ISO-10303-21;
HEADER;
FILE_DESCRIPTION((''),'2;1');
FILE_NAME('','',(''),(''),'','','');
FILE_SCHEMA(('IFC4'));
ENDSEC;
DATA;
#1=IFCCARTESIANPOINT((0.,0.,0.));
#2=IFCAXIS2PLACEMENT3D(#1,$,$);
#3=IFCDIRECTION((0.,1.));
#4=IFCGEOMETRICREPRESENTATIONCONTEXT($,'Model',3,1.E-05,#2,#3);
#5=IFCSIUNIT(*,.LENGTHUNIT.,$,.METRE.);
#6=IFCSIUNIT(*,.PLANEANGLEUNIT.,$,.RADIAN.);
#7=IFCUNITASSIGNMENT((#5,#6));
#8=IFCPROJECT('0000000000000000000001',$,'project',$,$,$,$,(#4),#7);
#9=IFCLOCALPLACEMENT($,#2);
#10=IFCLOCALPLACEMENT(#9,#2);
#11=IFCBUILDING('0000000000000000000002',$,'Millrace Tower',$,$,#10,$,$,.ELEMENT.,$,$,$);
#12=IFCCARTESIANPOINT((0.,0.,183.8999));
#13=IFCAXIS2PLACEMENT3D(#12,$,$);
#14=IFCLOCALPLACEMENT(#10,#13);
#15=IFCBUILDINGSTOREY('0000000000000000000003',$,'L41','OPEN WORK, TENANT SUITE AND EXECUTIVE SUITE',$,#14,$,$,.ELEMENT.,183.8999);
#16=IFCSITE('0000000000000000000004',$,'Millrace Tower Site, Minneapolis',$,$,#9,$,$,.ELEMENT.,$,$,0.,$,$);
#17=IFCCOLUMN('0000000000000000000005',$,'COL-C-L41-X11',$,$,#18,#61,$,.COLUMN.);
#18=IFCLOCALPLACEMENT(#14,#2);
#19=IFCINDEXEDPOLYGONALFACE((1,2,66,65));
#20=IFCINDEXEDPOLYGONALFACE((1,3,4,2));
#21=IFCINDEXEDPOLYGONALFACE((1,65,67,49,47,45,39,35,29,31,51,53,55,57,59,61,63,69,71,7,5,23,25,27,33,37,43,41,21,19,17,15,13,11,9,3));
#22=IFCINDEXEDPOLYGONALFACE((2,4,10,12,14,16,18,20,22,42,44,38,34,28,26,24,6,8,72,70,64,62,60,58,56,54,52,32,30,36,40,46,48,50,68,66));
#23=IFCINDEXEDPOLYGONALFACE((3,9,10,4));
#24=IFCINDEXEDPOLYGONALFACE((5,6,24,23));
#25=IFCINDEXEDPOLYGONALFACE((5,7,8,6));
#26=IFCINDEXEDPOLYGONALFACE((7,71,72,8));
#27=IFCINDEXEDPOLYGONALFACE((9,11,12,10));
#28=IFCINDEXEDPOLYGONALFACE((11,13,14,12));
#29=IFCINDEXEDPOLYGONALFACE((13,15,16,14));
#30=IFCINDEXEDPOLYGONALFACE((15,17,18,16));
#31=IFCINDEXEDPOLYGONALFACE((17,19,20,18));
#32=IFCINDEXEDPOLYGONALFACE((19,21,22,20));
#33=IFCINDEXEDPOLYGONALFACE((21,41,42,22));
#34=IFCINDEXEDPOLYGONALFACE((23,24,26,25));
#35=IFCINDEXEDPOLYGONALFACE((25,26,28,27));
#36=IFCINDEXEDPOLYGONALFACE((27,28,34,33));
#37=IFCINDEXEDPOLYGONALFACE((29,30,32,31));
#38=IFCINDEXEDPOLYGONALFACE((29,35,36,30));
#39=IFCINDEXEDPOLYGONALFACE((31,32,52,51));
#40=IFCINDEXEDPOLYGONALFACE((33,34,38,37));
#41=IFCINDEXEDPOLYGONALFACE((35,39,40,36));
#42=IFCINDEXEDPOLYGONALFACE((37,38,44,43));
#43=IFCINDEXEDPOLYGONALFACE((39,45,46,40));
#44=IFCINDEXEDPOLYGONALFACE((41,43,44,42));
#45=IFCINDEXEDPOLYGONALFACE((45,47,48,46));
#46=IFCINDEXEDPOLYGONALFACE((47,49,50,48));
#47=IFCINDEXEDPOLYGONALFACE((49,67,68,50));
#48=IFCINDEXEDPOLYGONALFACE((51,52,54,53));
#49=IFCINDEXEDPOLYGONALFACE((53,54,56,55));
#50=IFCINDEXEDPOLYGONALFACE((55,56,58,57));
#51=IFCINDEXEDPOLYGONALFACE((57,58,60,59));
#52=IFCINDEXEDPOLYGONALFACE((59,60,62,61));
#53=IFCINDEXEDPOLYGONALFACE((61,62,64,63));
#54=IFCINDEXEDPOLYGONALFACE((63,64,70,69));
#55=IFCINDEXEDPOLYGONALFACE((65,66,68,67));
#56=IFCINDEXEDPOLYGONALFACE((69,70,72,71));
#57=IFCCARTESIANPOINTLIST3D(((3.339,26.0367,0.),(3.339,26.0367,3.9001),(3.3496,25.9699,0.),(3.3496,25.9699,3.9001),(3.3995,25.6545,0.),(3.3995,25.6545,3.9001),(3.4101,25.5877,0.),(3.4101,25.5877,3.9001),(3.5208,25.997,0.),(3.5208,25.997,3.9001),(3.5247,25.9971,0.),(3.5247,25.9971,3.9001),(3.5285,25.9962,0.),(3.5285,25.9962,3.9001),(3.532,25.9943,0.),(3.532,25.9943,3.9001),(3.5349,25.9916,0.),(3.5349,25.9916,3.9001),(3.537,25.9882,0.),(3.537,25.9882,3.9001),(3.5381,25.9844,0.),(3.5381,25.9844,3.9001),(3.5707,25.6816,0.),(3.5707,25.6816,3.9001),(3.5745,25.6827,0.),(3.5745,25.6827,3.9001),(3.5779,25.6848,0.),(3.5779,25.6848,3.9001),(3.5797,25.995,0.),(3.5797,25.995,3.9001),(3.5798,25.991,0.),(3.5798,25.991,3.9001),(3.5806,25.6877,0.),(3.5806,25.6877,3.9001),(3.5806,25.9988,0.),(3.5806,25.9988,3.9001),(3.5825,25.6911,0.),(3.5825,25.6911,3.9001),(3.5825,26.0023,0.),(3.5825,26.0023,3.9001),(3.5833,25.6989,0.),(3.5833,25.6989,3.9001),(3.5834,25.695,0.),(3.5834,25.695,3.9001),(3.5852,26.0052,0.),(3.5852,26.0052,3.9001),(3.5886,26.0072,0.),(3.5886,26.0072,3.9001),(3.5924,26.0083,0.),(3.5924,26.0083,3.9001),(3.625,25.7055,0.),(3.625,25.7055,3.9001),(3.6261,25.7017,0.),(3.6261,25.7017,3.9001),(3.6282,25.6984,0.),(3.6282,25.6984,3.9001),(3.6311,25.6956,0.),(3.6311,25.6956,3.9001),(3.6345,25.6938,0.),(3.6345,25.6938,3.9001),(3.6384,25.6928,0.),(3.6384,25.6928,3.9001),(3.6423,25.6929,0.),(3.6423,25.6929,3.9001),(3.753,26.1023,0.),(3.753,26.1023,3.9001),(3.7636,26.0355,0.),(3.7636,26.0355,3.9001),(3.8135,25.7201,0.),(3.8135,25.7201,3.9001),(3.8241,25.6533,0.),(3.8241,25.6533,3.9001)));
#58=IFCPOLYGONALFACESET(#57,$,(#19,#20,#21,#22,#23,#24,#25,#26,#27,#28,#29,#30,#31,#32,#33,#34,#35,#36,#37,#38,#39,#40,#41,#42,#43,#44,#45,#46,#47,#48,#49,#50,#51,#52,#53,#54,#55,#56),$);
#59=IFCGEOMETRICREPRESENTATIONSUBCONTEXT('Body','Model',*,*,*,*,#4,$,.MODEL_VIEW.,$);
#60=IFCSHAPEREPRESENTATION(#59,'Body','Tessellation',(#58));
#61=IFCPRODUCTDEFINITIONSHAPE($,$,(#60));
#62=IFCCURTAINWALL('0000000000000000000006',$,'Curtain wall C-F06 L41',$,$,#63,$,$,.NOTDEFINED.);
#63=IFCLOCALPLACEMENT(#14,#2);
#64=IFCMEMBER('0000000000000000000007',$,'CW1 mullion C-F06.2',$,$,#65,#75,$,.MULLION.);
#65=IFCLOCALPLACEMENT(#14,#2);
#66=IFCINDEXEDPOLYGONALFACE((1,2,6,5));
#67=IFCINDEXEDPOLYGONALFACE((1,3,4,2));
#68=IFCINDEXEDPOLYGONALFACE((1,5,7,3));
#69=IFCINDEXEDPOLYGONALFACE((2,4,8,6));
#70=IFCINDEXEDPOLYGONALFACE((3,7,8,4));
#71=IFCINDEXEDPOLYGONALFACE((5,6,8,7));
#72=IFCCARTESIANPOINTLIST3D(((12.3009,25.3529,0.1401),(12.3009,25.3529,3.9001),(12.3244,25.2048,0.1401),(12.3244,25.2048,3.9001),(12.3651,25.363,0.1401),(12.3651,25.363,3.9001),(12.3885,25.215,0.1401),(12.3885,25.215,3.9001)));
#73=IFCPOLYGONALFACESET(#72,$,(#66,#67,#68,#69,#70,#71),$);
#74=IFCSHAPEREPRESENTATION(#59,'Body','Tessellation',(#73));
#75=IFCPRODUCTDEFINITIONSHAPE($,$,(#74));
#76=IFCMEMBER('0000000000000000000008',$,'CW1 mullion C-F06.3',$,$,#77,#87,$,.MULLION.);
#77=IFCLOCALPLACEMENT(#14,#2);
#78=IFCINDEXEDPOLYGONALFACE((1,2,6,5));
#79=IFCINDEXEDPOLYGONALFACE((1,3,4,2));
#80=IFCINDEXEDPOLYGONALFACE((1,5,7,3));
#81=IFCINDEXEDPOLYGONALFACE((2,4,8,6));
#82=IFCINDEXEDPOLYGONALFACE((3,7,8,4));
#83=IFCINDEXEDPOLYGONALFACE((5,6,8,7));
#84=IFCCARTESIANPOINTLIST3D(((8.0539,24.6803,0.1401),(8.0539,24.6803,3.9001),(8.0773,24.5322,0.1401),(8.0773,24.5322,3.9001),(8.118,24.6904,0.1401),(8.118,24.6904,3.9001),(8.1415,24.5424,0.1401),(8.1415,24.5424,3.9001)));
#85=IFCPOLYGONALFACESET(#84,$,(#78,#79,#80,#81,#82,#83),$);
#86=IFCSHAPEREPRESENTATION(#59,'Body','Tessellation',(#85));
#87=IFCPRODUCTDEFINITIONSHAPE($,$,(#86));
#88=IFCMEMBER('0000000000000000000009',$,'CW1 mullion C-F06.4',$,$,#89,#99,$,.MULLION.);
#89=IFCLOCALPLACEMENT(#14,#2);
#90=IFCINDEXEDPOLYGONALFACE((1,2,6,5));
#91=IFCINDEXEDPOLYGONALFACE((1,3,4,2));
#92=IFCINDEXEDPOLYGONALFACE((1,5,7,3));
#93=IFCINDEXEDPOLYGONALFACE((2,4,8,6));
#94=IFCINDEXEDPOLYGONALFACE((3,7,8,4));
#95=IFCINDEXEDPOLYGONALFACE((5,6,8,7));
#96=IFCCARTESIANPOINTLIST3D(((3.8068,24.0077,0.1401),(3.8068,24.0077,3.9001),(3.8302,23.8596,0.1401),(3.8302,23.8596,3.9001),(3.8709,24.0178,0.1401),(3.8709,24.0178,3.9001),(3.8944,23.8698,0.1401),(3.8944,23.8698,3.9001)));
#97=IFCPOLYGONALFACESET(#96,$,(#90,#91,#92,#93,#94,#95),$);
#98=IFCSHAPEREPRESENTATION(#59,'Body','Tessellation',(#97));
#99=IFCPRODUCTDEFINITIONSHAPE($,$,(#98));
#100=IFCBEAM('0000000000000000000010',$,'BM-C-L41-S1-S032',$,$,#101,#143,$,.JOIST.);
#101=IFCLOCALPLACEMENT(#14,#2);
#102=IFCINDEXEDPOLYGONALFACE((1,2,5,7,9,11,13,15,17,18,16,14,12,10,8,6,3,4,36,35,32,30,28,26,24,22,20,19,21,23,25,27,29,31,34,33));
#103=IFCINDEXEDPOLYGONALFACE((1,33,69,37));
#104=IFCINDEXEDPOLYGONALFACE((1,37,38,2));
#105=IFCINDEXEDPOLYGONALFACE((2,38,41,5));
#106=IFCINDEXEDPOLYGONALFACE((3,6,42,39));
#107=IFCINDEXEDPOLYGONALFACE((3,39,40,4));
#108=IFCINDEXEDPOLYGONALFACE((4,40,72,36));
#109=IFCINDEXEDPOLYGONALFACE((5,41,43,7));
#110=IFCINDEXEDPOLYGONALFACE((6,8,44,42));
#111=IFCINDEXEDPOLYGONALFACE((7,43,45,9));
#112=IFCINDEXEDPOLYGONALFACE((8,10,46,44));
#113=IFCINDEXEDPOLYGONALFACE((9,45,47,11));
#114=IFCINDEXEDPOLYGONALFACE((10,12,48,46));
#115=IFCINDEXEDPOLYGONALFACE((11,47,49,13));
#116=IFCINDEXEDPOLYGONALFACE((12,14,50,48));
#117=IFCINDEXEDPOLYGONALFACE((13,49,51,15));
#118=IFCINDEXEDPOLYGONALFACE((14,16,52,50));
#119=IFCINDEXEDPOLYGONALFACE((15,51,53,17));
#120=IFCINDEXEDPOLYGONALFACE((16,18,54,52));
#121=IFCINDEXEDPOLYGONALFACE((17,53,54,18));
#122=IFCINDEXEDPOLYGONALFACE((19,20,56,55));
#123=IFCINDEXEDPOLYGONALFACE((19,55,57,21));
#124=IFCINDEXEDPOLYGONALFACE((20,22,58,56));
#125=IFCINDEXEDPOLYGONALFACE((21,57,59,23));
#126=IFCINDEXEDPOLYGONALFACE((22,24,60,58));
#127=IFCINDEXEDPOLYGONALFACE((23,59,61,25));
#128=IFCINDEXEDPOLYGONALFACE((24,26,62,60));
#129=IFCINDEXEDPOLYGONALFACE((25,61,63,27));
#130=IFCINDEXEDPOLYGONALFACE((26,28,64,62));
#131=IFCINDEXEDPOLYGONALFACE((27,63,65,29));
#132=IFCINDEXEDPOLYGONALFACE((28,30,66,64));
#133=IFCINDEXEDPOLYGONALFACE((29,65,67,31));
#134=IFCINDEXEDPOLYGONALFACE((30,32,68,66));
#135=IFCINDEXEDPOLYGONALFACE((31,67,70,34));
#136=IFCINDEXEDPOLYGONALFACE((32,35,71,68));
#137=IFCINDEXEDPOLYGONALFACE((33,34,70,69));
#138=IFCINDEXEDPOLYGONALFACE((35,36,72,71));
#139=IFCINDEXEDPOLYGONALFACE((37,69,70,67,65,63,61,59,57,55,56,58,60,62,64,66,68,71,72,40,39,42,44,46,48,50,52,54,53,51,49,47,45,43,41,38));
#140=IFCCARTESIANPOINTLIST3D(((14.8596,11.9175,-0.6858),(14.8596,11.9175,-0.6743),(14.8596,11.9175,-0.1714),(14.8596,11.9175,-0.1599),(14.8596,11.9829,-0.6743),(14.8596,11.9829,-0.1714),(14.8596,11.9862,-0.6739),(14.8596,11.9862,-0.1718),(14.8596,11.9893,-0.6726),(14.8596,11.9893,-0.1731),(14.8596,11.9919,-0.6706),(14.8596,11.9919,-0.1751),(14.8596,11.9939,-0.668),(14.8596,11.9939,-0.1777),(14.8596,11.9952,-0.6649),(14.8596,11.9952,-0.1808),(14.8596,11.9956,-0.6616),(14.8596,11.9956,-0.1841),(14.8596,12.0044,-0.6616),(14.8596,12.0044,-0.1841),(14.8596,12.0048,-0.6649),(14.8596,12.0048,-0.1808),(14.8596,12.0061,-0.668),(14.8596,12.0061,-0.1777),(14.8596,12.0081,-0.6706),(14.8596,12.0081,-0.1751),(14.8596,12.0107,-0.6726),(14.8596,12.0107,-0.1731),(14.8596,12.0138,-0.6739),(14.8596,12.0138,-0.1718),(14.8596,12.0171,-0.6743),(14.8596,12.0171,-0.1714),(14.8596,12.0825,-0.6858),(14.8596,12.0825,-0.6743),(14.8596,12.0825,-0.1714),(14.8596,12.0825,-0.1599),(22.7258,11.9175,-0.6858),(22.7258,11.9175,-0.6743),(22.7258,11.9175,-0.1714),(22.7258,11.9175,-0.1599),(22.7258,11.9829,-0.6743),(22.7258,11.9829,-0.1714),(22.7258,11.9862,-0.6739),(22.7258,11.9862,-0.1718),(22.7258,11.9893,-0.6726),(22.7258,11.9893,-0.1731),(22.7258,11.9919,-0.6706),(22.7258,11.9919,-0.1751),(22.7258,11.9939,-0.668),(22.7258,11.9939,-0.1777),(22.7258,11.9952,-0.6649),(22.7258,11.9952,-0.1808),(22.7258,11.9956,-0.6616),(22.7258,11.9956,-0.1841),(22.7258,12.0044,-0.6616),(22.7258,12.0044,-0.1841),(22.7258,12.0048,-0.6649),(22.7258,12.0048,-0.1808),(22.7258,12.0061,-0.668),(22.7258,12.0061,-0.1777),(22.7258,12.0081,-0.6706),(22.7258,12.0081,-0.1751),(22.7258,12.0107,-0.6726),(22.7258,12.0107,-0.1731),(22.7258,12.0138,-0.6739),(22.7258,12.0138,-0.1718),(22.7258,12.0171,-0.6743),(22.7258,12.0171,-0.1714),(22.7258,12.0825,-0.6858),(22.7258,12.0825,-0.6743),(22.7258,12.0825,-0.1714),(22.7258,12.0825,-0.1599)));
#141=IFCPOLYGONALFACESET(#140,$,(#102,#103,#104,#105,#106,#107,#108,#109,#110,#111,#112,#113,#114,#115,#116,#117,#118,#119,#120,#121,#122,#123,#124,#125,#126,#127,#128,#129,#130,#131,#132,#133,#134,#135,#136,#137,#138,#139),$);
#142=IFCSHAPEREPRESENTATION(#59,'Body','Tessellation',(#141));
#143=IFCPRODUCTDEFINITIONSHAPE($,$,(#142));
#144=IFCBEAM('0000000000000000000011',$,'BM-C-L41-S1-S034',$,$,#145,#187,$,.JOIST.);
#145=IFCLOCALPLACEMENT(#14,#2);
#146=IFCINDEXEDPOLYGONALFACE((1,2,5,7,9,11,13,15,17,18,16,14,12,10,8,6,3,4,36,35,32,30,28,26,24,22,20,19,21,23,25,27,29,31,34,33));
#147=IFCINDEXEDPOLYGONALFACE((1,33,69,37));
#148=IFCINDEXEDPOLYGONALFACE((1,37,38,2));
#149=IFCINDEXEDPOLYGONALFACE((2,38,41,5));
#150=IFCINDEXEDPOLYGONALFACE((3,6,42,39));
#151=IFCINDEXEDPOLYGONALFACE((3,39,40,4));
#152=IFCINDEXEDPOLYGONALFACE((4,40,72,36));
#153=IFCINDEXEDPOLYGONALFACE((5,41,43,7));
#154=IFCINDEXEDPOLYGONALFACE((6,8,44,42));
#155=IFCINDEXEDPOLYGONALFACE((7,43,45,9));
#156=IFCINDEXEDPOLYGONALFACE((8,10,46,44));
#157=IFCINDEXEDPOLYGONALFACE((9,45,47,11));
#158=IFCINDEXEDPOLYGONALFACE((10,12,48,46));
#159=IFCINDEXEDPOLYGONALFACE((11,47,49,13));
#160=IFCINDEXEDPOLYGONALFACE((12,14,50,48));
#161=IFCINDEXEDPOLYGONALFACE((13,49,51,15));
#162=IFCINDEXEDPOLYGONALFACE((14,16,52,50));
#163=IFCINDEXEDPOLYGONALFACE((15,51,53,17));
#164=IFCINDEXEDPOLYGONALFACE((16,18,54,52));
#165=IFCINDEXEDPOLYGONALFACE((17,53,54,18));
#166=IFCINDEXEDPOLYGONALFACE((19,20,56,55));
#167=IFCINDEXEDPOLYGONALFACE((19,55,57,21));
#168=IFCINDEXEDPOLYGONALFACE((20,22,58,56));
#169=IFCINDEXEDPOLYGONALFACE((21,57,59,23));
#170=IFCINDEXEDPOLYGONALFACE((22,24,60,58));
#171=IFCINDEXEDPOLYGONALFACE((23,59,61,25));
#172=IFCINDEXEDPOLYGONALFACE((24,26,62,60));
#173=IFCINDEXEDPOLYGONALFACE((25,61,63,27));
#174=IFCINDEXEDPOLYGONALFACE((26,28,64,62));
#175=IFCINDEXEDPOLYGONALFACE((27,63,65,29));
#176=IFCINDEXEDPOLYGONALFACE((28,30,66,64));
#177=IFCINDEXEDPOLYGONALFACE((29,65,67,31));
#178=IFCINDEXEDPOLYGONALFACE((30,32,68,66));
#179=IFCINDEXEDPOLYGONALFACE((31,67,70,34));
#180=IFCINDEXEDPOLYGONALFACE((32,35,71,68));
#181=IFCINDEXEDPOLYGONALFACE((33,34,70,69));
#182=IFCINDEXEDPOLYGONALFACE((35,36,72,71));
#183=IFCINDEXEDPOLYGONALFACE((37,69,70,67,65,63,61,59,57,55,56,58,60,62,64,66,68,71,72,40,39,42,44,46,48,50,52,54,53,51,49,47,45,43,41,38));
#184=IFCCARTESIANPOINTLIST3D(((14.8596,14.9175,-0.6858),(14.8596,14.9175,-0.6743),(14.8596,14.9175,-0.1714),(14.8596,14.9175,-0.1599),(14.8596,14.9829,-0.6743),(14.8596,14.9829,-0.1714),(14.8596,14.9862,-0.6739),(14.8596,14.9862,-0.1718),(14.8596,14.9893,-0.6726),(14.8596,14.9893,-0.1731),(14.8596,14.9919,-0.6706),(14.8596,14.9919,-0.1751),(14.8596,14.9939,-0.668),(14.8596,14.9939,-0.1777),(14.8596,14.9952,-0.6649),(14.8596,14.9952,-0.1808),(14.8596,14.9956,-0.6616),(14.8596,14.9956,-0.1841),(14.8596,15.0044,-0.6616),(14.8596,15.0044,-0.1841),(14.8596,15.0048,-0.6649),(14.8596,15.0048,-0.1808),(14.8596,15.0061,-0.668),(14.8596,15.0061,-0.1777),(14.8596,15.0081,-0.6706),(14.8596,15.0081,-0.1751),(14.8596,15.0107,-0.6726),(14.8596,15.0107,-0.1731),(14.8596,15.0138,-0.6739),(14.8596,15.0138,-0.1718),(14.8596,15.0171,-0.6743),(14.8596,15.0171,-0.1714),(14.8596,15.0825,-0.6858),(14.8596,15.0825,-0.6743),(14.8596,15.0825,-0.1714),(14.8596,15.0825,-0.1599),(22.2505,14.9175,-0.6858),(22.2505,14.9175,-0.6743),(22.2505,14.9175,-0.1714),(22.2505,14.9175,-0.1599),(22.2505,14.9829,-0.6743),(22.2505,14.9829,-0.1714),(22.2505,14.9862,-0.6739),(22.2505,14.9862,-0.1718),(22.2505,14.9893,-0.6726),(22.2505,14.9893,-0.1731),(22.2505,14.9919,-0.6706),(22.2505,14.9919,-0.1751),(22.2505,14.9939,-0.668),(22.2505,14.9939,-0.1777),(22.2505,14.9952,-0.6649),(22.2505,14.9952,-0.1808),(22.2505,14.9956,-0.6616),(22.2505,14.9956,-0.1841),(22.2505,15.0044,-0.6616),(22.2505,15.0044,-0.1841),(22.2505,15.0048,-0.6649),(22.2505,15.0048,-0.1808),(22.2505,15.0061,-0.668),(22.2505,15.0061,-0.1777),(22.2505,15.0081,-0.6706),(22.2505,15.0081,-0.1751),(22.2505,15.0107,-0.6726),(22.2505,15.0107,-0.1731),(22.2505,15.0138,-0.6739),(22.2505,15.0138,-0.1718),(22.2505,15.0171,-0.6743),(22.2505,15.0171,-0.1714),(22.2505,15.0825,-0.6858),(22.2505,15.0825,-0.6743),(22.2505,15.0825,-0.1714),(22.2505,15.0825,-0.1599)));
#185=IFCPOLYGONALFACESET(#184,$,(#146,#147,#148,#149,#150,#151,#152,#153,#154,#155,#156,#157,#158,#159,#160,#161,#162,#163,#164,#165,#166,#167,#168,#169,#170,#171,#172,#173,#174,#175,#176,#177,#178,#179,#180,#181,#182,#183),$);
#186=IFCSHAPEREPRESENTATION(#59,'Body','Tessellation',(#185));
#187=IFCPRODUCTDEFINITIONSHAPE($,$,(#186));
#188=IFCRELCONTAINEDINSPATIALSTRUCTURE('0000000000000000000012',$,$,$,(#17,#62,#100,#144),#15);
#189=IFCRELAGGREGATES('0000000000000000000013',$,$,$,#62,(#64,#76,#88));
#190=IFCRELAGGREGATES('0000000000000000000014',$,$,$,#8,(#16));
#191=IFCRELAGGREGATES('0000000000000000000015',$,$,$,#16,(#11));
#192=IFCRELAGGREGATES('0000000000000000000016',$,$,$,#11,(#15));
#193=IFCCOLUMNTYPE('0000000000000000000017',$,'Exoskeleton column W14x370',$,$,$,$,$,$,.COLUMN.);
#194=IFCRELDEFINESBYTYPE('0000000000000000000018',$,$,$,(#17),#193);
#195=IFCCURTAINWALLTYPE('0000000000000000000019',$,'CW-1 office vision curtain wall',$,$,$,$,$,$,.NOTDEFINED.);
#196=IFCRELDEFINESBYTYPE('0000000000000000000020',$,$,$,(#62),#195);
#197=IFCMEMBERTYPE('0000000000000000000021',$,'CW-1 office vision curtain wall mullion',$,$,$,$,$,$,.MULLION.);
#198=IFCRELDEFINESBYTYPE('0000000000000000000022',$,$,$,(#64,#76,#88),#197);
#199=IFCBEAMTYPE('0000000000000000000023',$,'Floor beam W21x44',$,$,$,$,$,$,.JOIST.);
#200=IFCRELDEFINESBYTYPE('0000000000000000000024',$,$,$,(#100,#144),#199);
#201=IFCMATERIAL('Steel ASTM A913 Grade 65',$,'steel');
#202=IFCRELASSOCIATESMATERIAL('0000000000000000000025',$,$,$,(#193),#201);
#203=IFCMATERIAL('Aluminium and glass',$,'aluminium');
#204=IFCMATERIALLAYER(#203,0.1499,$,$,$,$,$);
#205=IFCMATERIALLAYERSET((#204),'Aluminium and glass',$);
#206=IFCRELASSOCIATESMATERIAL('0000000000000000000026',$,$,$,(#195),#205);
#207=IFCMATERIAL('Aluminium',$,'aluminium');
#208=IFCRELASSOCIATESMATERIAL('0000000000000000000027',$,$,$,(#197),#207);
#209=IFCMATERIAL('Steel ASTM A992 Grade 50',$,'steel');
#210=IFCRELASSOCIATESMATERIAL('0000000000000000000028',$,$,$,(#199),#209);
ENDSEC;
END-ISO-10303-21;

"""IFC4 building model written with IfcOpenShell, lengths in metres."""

from ifc_helpers import new_model, si_unit, direction, frame, origin, origin_2d, place, context, subcontext, project, spatial, rectangle, i_section, extrude, material, layer, layer_set, material_profile, profile_set, type_object, element, aggregate, save


model = new_model("IFC4")

# Units and contexts
model_context = context("Model", 3, precision=1e-05, world=origin(), true_north=direction((0.0, 1.0)))
body_context = subcontext(model_context, "Body", "Model", "MODEL_VIEW")
ifc_project = project(units=[si_unit("LENGTHUNIT", "METRE"), si_unit("PLANEANGLEUNIT", "RADIAN")], contexts=[model_context])

# Site, building, storey
site_placement = place(None, origin())
site = spatial("IfcSite", under=ifc_project, at=site_placement, Name="Millrace Tower Site, Minneapolis", CompositionType="ELEMENT", RefElevation=0.0)
building_placement = place(site_placement, origin())
building = spatial("IfcBuilding", under=site, at=building_placement, Name="Millrace Tower", CompositionType="ELEMENT")
storey_placement = place(building_placement, frame((0.0, 0.0, 183.8999)))
storey = spatial("IfcBuildingStorey", under=building, at=storey_placement, Name="L41", Description="OPEN WORK, TENANT SUITE AND EXECUTIVE SUITE", CompositionType="ELEMENT", Elevation=183.8999)

# Column
ifc_material_1 = material(Name="Steel ASTM A913 Grade 65", Category="steel")
ifc_material_profile_1 = material_profile(ifc_material_1, i_section(OverallWidth=0.4192, OverallDepth=0.4546, WebThickness=0.0422, FlangeThickness=0.0676, FilletRadius=0.0151, at=origin_2d()))
ifc_profile_set_1 = profile_set([ifc_material_profile_1], Name="Steel ASTM A913 Grade 65")
column_type = type_object("IfcColumnType", Name="Exoskeleton column W14x370", PredefinedType="COLUMN", material=ifc_profile_set_1)
column_placement = place(storey_placement, frame((3.5815, 25.845, 0.0), z_axis=(0.0, 0.0, 1.0), x_axis=(-0.987688, -0.156434, 0.0)))
element("IfcColumn", 1, at=column_placement, inside=storey, type_object=column_type, Name="COL-C-L41-X11", PredefinedType="COLUMN", context=body_context, shape_type="SweptSolid", body=[
    extrude(i_section(OverallWidth=0.4192, OverallDepth=0.4546, WebThickness=0.0422, FlangeThickness=0.0676, FilletRadius=0.0151, at=origin_2d()), origin(), (0.0, 0.0, 1.0), 3.9001),
])

# Curtain wall, members
ifc_material_2 = material(Name="Aluminium and glass", Category="aluminium")
ifc_layer_1 = layer(ifc_material_2, 0.1499)
ifc_layer_set_1 = layer_set([ifc_layer_1], Name="Aluminium and glass")
curtain_wall_type = type_object("IfcCurtainWallType", Name="CW-1 office vision curtain wall", PredefinedType="NOTDEFINED", material=ifc_layer_set_1)
curtain_wall_placement = place(storey_placement, origin())
curtain_wall = element("IfcCurtainWall", 2, at=curtain_wall_placement, inside=storey, type_object=curtain_wall_type, Name="Curtain wall C-F06 L41", PredefinedType="NOTDEFINED")
ifc_material_3 = material(Name="Aluminium", Category="aluminium")
ifc_material_profile_2 = material_profile(ifc_material_3, rectangle(XDim=0.0649, YDim=0.1499, at=origin_2d()))
ifc_profile_set_2 = profile_set([ifc_material_profile_2], Name="Aluminium")
member_type = type_object("IfcMemberType", Name="CW-1 office vision curtain wall mullion", PredefinedType="MULLION", material=ifc_profile_set_2)
member_1_placement = place(storey_placement, frame((12.3447, 25.2839, 0.1401), z_axis=(0.0, 0.0, 1.0), x_axis=(-0.987688, -0.156434, 0.0)))
member_1 = element("IfcMember", 3, at=member_1_placement, type_object=member_type, Name="CW1 mullion C-F06.2", PredefinedType="MULLION", context=body_context, shape_type="SweptSolid", body=[
    extrude(rectangle(XDim=0.0649, YDim=0.1499, at=origin_2d()), origin(), (0.0, 0.0, 1.0), 3.76),
])
member_2_placement = place(storey_placement, frame((8.0977, 24.6113, 0.1401), z_axis=(0.0, 0.0, 1.0), x_axis=(-0.987688, -0.156434, 0.0)))
member_2 = element("IfcMember", 4, at=member_2_placement, type_object=member_type, Name="CW1 mullion C-F06.3", PredefinedType="MULLION", context=body_context, shape_type="SweptSolid", body=[
    extrude(rectangle(XDim=0.0649, YDim=0.1499, at=origin_2d()), origin(), (0.0, 0.0, 1.0), 3.76),
])
member_3_placement = place(storey_placement, frame((3.8506, 23.9387, 0.1401), z_axis=(0.0, 0.0, 1.0), x_axis=(-0.987688, -0.156434, 0.0)))
member_3 = element("IfcMember", 5, at=member_3_placement, type_object=member_type, Name="CW1 mullion C-F06.4", PredefinedType="MULLION", context=body_context, shape_type="SweptSolid", body=[
    extrude(rectangle(XDim=0.0649, YDim=0.1499, at=origin_2d()), origin(), (0.0, 0.0, 1.0), 3.76),
])
aggregate(curtain_wall, [member_1, member_2, member_3])

# Beams
ifc_material_4 = material(Name="Steel ASTM A992 Grade 50", Category="steel")
ifc_material_profile_3 = material_profile(ifc_material_4, i_section(OverallWidth=0.165, OverallDepth=0.5259, WebThickness=0.0088, FlangeThickness=0.0115, FilletRadius=0.0127, at=origin_2d()))
ifc_profile_set_3 = profile_set([ifc_material_profile_3], Name="Steel ASTM A992 Grade 50")
beam_type_1 = type_object("IfcBeamType", Name="Floor beam W21x44", PredefinedType="JOIST", material=ifc_profile_set_3)
beam_1_placement = place(storey_placement, frame((14.8596, 12.0, -0.4229), z_axis=(1.0, 0.0, 0.0), x_axis=(0.0, 1.0, 0.0)))
element("IfcBeam", 6, at=beam_1_placement, inside=storey, type_object=beam_type_1, Name="BM-C-L41-S1-S032", PredefinedType="JOIST", context=body_context, shape_type="SweptSolid", body=[
    extrude(i_section(OverallWidth=0.165, OverallDepth=0.5259, WebThickness=0.0088, FlangeThickness=0.0115, FilletRadius=0.0127, at=origin_2d()), origin(), (0.0, 0.0, 1.0), 7.8662),
])
beam_2_placement = place(storey_placement, frame((14.8596, 15.0, -0.4229), z_axis=(1.0, 0.0, 0.0), x_axis=(0.0, 1.0, 0.0)))
element("IfcBeam", 7, at=beam_2_placement, inside=storey, type_object=beam_type_1, Name="BM-C-L41-S1-S034", PredefinedType="JOIST", context=body_context, shape_type="SweptSolid", body=[
    extrude(i_section(OverallWidth=0.165, OverallDepth=0.5259, WebThickness=0.0088, FlangeThickness=0.0115, FilletRadius=0.0127, at=origin_2d()), origin(), (0.0, 0.0, 1.0), 7.3909),
])

save(model, "model.ifc")
